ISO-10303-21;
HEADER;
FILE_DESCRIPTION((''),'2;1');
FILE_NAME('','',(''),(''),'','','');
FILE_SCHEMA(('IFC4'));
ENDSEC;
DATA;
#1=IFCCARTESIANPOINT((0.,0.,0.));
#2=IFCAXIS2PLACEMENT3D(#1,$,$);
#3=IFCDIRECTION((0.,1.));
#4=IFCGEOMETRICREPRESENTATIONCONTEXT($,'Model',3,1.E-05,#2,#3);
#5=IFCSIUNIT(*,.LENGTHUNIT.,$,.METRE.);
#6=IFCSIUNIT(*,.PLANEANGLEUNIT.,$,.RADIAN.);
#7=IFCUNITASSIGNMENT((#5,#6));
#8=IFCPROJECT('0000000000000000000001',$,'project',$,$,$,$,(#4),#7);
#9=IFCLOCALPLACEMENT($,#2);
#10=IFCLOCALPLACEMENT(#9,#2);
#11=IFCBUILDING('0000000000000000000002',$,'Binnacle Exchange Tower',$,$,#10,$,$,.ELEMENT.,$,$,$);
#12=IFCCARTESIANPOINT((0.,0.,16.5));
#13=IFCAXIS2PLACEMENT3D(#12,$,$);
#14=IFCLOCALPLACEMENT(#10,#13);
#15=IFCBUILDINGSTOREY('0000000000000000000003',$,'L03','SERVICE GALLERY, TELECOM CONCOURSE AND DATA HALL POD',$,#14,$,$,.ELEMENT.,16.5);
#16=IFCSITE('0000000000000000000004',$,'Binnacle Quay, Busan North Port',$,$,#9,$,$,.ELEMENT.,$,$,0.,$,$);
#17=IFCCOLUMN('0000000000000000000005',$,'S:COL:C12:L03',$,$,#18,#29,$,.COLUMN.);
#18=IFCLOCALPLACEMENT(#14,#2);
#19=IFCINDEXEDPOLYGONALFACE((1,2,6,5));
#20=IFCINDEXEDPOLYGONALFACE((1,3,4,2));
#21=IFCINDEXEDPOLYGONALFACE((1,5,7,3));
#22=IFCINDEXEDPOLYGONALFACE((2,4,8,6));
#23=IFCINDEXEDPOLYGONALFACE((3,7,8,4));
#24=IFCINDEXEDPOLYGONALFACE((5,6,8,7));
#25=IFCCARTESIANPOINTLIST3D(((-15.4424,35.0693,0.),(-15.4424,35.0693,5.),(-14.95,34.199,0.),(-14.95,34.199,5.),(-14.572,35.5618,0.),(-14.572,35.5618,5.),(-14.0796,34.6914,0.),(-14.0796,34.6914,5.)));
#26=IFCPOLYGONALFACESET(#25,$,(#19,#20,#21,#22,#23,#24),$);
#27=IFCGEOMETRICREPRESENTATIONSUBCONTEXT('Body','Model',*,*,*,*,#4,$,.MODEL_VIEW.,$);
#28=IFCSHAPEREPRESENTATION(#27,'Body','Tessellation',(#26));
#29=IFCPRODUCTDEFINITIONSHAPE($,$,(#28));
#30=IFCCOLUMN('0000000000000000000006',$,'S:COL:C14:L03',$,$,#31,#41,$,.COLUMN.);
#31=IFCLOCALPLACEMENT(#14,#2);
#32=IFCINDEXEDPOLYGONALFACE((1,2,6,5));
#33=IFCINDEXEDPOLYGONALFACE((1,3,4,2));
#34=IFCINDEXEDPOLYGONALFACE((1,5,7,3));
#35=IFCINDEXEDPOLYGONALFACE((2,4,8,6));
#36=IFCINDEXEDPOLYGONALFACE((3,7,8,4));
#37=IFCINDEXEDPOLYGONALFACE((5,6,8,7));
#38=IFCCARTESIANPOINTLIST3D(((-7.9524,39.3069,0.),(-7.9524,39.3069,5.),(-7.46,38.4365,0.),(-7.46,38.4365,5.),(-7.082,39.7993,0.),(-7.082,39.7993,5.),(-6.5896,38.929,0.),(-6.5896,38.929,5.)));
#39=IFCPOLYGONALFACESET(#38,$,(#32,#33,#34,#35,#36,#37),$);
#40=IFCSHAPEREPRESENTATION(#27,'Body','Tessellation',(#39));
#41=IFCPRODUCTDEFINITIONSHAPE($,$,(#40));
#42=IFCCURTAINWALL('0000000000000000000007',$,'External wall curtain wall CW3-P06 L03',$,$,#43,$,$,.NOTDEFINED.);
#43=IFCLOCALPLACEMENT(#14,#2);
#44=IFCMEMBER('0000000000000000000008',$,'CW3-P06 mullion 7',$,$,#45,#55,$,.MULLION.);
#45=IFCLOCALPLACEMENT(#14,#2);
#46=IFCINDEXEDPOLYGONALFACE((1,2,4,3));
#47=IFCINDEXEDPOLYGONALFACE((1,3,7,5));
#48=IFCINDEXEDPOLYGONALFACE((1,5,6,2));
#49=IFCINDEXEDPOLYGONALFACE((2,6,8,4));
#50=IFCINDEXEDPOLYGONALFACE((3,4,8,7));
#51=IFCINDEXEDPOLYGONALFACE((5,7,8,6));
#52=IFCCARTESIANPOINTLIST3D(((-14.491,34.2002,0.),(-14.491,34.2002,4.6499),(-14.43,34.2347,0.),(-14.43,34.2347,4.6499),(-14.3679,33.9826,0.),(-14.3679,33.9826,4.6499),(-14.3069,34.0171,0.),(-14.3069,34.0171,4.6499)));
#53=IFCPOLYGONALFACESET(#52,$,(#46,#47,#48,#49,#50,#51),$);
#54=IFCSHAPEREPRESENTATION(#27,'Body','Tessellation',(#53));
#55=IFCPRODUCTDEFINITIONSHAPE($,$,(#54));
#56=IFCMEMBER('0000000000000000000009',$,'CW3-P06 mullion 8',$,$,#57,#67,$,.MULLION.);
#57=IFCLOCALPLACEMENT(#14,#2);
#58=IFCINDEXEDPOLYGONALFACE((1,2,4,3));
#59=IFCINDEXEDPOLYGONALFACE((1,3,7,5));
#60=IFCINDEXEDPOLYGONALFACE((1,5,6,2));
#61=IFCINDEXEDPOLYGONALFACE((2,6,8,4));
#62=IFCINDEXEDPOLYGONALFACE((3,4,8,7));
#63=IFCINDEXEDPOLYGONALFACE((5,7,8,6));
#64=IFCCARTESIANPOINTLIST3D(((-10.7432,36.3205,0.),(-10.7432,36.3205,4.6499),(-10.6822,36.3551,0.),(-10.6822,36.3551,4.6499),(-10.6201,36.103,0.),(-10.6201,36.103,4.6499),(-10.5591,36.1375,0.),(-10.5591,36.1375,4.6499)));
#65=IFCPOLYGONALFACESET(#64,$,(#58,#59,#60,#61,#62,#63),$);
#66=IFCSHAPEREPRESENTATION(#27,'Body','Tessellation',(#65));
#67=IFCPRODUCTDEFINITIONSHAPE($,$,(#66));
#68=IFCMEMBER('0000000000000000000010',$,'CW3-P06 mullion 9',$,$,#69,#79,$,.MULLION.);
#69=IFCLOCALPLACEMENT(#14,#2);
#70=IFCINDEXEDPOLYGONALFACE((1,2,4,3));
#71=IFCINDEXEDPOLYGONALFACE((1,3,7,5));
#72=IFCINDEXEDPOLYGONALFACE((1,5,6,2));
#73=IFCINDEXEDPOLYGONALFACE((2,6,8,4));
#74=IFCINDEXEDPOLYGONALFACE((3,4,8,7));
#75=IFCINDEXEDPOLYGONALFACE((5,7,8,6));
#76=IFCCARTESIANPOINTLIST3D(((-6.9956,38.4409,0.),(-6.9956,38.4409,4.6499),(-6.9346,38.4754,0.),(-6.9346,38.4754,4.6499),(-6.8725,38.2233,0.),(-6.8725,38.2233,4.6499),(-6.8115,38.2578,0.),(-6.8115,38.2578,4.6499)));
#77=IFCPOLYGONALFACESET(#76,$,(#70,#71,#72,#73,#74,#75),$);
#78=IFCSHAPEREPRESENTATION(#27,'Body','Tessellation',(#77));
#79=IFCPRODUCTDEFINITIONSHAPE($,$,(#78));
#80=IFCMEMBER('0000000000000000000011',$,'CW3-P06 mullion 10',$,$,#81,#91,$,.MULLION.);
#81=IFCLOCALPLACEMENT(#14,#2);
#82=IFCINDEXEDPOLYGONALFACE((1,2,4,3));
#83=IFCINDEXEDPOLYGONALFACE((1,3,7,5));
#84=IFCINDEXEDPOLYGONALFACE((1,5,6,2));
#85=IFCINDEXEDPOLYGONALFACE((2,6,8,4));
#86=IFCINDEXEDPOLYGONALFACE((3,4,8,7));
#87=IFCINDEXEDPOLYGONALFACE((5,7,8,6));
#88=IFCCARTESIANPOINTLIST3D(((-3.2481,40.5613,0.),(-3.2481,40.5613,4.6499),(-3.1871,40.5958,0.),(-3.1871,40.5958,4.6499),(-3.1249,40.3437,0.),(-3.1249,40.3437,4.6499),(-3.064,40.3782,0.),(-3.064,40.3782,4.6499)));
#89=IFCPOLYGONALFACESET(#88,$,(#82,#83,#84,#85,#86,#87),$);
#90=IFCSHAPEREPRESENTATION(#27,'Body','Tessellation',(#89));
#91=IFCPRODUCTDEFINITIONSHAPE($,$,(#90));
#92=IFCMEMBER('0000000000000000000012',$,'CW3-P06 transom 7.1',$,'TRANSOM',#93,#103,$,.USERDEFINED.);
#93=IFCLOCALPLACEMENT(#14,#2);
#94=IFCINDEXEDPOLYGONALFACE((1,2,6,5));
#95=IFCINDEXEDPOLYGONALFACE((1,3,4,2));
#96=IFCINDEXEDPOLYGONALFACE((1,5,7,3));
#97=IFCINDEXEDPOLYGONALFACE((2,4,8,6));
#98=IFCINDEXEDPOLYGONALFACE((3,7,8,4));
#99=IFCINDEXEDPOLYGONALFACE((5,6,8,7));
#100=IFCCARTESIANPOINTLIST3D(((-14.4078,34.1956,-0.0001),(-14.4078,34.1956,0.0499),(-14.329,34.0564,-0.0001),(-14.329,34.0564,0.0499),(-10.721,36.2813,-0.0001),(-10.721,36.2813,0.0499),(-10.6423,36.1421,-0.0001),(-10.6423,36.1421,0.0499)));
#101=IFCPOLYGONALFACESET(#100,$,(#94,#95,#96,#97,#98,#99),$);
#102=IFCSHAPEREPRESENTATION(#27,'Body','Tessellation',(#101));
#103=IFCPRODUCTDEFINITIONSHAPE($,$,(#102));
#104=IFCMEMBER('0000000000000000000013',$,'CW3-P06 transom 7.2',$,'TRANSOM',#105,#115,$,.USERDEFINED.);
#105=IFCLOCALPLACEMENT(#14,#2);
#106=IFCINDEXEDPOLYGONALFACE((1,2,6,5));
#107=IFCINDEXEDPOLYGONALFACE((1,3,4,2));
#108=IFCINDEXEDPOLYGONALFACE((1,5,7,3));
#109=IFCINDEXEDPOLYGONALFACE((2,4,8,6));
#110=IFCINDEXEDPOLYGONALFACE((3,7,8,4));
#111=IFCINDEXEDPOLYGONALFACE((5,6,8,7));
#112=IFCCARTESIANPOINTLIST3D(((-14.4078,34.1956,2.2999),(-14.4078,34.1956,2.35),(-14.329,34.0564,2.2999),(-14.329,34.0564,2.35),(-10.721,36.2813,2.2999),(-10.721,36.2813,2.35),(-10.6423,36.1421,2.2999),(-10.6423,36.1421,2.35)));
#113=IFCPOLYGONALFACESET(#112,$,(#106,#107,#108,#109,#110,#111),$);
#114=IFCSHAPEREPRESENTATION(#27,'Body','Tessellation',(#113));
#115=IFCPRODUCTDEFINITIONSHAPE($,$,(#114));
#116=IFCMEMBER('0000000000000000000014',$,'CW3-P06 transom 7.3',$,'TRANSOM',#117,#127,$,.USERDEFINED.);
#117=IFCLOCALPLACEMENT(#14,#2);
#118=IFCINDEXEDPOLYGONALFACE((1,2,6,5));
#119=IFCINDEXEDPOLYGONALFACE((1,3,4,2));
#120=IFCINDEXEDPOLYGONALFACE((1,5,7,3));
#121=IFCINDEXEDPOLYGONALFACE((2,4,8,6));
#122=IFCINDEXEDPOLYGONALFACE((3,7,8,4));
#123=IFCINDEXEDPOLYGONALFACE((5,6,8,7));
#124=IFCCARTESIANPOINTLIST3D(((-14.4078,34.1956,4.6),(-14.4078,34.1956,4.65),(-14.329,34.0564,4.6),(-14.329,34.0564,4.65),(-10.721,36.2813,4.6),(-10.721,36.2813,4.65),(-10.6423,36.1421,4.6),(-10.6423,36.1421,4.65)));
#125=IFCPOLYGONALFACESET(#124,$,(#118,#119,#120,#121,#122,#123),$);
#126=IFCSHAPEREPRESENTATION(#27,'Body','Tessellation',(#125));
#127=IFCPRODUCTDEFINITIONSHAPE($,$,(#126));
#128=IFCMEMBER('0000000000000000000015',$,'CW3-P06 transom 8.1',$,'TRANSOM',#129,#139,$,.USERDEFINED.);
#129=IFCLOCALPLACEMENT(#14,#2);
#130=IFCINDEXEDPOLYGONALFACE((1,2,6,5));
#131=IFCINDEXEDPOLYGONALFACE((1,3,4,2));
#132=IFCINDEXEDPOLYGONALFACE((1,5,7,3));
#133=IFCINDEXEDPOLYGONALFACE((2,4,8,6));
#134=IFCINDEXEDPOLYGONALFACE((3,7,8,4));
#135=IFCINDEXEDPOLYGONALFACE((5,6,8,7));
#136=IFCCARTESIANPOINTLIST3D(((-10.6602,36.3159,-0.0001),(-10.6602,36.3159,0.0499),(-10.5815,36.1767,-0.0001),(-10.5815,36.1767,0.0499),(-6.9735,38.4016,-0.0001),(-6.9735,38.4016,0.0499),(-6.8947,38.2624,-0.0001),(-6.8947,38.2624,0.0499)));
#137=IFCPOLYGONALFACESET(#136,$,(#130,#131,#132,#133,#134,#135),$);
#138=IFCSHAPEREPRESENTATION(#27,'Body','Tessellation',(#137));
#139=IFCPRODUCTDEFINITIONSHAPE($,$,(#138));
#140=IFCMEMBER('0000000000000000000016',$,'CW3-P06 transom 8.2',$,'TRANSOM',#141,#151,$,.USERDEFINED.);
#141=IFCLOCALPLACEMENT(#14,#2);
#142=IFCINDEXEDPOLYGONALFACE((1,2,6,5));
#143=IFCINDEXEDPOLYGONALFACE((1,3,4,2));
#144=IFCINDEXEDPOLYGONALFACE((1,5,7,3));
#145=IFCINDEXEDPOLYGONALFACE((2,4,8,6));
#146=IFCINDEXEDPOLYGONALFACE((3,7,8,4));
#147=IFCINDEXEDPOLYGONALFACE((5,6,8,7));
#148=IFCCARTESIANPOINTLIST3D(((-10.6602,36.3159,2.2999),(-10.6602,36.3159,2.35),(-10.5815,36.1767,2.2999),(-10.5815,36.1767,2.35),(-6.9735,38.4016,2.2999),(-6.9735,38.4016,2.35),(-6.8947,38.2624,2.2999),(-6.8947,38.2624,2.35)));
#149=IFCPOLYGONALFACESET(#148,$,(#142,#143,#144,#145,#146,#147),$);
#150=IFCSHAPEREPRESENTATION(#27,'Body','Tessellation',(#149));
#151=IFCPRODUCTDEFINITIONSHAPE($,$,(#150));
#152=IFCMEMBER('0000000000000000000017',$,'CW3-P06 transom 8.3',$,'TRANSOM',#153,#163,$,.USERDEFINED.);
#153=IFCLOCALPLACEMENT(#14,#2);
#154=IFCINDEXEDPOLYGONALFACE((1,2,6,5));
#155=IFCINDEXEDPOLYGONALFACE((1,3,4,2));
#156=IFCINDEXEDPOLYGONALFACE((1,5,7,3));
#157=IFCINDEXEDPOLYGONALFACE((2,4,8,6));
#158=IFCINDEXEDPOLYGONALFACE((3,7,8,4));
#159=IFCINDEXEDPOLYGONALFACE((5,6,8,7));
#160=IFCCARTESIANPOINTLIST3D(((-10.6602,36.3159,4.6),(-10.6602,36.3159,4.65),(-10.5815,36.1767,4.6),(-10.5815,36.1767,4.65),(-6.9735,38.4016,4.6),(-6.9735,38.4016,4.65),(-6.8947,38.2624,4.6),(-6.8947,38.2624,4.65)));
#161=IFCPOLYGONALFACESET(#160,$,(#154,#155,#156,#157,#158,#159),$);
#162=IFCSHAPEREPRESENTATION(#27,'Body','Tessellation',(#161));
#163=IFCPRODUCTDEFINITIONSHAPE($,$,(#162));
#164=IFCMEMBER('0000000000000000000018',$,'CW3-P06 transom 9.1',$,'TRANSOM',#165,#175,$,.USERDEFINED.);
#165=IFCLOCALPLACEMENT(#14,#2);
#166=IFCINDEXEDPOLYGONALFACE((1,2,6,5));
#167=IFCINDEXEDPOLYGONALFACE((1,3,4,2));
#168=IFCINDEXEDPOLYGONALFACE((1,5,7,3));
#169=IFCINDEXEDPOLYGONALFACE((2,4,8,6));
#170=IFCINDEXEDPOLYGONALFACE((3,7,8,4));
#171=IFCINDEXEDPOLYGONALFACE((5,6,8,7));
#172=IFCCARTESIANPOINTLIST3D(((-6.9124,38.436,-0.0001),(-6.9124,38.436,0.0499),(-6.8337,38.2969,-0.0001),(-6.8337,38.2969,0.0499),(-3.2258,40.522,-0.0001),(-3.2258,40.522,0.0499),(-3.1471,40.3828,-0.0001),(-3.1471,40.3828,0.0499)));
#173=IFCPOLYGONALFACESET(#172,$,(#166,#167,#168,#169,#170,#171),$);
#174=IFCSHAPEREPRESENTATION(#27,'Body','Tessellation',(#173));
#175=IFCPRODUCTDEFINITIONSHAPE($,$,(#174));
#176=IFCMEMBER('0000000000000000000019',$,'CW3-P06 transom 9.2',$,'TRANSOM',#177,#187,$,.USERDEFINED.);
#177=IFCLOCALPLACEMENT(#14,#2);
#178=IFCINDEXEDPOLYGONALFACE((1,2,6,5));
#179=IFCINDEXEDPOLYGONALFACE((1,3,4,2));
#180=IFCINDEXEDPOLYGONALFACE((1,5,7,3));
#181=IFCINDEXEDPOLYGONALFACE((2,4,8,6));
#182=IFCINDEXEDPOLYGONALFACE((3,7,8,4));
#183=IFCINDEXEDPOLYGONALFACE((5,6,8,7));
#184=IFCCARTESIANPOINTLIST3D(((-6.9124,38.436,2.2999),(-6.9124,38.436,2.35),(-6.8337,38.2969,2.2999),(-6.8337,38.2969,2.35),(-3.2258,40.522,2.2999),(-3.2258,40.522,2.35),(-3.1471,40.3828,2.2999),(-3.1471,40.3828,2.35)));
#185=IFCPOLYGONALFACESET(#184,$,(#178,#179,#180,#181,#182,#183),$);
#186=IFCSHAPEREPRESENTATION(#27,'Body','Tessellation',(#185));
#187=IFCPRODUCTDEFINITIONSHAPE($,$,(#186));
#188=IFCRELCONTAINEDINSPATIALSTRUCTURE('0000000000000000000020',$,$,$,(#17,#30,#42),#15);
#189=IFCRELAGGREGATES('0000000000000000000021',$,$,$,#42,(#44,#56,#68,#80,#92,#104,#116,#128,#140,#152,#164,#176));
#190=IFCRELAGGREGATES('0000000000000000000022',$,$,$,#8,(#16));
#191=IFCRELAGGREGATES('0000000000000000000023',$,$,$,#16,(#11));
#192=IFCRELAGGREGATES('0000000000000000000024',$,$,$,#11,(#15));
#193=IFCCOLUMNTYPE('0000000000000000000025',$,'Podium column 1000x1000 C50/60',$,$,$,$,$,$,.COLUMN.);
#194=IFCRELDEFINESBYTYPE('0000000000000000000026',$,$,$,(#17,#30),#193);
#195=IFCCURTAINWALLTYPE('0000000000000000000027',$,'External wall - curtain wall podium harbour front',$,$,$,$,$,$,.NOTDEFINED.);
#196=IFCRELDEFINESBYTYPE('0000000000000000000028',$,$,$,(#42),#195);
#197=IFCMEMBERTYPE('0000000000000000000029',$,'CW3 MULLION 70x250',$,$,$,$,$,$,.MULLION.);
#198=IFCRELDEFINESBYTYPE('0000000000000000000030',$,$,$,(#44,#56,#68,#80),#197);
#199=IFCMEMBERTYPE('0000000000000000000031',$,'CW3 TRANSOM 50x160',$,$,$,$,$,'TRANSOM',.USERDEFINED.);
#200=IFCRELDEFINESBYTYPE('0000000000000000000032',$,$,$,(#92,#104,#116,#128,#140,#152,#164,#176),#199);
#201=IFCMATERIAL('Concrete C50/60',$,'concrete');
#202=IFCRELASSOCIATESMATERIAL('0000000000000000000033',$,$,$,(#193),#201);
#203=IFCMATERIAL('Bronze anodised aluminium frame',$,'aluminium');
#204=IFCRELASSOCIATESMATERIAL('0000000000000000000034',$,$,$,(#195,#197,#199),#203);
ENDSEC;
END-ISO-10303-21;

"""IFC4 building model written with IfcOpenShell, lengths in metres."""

from ifc_helpers import new_model, si_unit, direction, frame, origin, origin_2d, place, context, subcontext, project, spatial, rectangle, extrude, material, material_profile, profile_set, type_object, element, aggregate, save


model = new_model("IFC4")

# Units and contexts
model_context = context("Model", 3, precision=1e-05, world=origin(), true_north=direction((0.0, 1.0)))
body_context = subcontext(model_context, "Body", "Model", "MODEL_VIEW")
ifc_project = project(units=[si_unit("LENGTHUNIT", "METRE"), si_unit("PLANEANGLEUNIT", "RADIAN")], contexts=[model_context])

# Site, building, storey
site_placement = place(None, origin())
site = spatial("IfcSite", under=ifc_project, at=site_placement, Name="Binnacle Quay, Busan North Port", CompositionType="ELEMENT", RefElevation=0.0)
building_placement = place(site_placement, origin())
building = spatial("IfcBuilding", under=site, at=building_placement, Name="Binnacle Exchange Tower", CompositionType="ELEMENT")
storey_placement = place(building_placement, frame((0.0, 0.0, 16.5)))
storey = spatial("IfcBuildingStorey", under=building, at=storey_placement, Name="L03", Description="SERVICE GALLERY, TELECOM CONCOURSE AND DATA HALL POD", CompositionType="ELEMENT", Elevation=16.5)

# Columns
ifc_material_1 = material(Name="Concrete C50/60", Category="concrete")
ifc_material_profile_1 = material_profile(ifc_material_1, rectangle(XDim=1.0, YDim=1.0, at=origin_2d()), Name="Podium column 1000x1000 C50/60")
ifc_profile_set_1 = profile_set([ifc_material_profile_1], Name="Concrete C50/60")
column_type = type_object("IfcColumnType", Name="Podium column 1000x1000 C50/60", PredefinedType="COLUMN", material=ifc_profile_set_1)
for number, where, z_axis, x_axis, name in (
    (1, (-14.761, 34.8804, 0.0), (0.0, 0.0, 1.0), (0.870356, 0.492424, 0.0), "S:COL:C12:L03"),
    (2, (-7.271, 39.1179, 0.0), (0.0, 0.0, 1.0), (0.870356, 0.492424, 0.0), "S:COL:C14:L03"),
):
    element("IfcColumn", number, at=place(storey_placement, frame(where, z_axis=z_axis, x_axis=x_axis)), inside=storey, type_object=column_type, Name=name, PredefinedType="COLUMN", context=body_context, shape_type="SweptSolid", body=[
        extrude(rectangle(XDim=1.0, YDim=1.0, at=origin_2d()), origin(), (0.0, 0.0, 1.0), 5.0),
    ])

# Curtain wall, members
ifc_material_2 = material(Name="Bronze anodised aluminium frame", Category="aluminium")
curtain_wall_type = type_object("IfcCurtainWallType", Name="External wall - curtain wall podium harbour front", PredefinedType="NOTDEFINED", material=ifc_material_2)
curtain_wall_placement = place(storey_placement, origin())
curtain_wall = element("IfcCurtainWall", 3, at=curtain_wall_placement, inside=storey, type_object=curtain_wall_type, Name="External wall curtain wall CW3-P06 L03", PredefinedType="NOTDEFINED")
ifc_material_profile_2 = material_profile(ifc_material_2, rectangle(XDim=0.25, YDim=0.0701, at=origin_2d()), Name="AL 70x250")
ifc_profile_set_2 = profile_set([ifc_material_profile_2], Name="Bronze anodised aluminium frame")
member_type_1 = type_object("IfcMemberType", Name="CW3 MULLION 70x250", PredefinedType="MULLION", material=ifc_profile_set_2)
member_1_placement = place(storey_placement, frame((-14.3989, 34.1086, 0.0), z_axis=(0.0, 0.0, 1.0), x_axis=(-0.492424, 0.870356, 0.0)))
member_1 = element("IfcMember", 4, at=member_1_placement, type_object=member_type_1, Name="CW3-P06 mullion 7", PredefinedType="MULLION", context=body_context, shape_type="SweptSolid", body=[
    extrude(rectangle(XDim=0.25, YDim=0.0701, at=origin_2d()), origin(), (0.0, 0.0, 1.0), 4.6499),
])
member_2_placement = place(storey_placement, frame((-10.6511, 36.229, 0.0), z_axis=(0.0, 0.0, 1.0), x_axis=(-0.492424, 0.870356, 0.0)))
member_2 = element("IfcMember", 5, at=member_2_placement, type_object=member_type_1, Name="CW3-P06 mullion 8", PredefinedType="MULLION", context=body_context, shape_type="SweptSolid", body=[
    extrude(rectangle(XDim=0.25, YDim=0.0701, at=origin_2d()), origin(), (0.0, 0.0, 1.0), 4.6499),
])
member_3_placement = place(storey_placement, frame((-6.9036, 38.3494, 0.0), z_axis=(0.0, 0.0, 1.0), x_axis=(-0.492424, 0.870356, 0.0)))
member_3 = element("IfcMember", 6, at=member_3_placement, type_object=member_type_1, Name="CW3-P06 mullion 9", PredefinedType="MULLION", context=body_context, shape_type="SweptSolid", body=[
    extrude(rectangle(XDim=0.25, YDim=0.0701, at=origin_2d()), origin(), (0.0, 0.0, 1.0), 4.6499),
])
member_4_placement = place(storey_placement, frame((-3.156, 40.4697, 0.0), z_axis=(0.0, 0.0, 1.0), x_axis=(-0.492424, 0.870356, 0.0)))
member_4 = element("IfcMember", 7, at=member_4_placement, type_object=member_type_1, Name="CW3-P06 mullion 10", PredefinedType="MULLION", context=body_context, shape_type="SweptSolid", body=[
    extrude(rectangle(XDim=0.25, YDim=0.0701, at=origin_2d()), origin(), (0.0, 0.0, 1.0), 4.6499),
])
ifc_material_profile_3 = material_profile(ifc_material_2, rectangle(XDim=0.1599, YDim=0.05, at=origin_2d()), Name="AL 160x50")
ifc_profile_set_3 = profile_set([ifc_material_profile_3], Name="Bronze anodised aluminium frame")
member_type_2 = type_object("IfcMemberType", Name="CW3 TRANSOM 50x160", ElementType="TRANSOM", PredefinedType="USERDEFINED", material=ifc_profile_set_3)
member_5_placement = place(storey_placement, frame((-14.3684, 34.126, 0.0249), z_axis=(0.870374, 0.492391, 0.0), x_axis=(-0.492391, 0.870374, 0.0)))
member_5 = element("IfcMember", 8, at=member_5_placement, type_object=member_type_2, Name="CW3-P06 transom 7.1", ObjectType="TRANSOM", PredefinedType="USERDEFINED", context=body_context, shape_type="SweptSolid", body=[
    extrude(rectangle(XDim=0.1599, YDim=0.05, at=origin_2d()), origin(), (0.0, 0.0, 1.0), 4.2358),
])
member_6_placement = place(storey_placement, frame((-14.3684, 34.126, 2.325), z_axis=(0.870374, 0.492391, 0.0), x_axis=(-0.492391, 0.870374, 0.0)))
member_6 = element("IfcMember", 9, at=member_6_placement, type_object=member_type_2, Name="CW3-P06 transom 7.2", ObjectType="TRANSOM", PredefinedType="USERDEFINED", context=body_context, shape_type="SweptSolid", body=[
    extrude(rectangle(XDim=0.1599, YDim=0.05, at=origin_2d()), origin(), (0.0, 0.0, 1.0), 4.2358),
])
member_7_placement = place(storey_placement, frame((-14.3684, 34.126, 4.625), z_axis=(0.870374, 0.492391, 0.0), x_axis=(-0.492391, 0.870374, 0.0)))
member_7 = element("IfcMember", 10, at=member_7_placement, type_object=member_type_2, Name="CW3-P06 transom 7.3", ObjectType="TRANSOM", PredefinedType="USERDEFINED", context=body_context, shape_type="SweptSolid", body=[
    extrude(rectangle(XDim=0.1599, YDim=0.05, at=origin_2d()), origin(), (0.0, 0.0, 1.0), 4.2358),
])
member_8_placement = place(storey_placement, frame((-10.6208, 36.2463, 0.0249), z_axis=(0.870374, 0.492391, 0.0), x_axis=(-0.492391, 0.870374, 0.0)))
member_8 = element("IfcMember", 11, at=member_8_placement, type_object=member_type_2, Name="CW3-P06 transom 8.1", ObjectType="TRANSOM", PredefinedType="USERDEFINED", context=body_context, shape_type="SweptSolid", body=[
    extrude(rectangle(XDim=0.1599, YDim=0.05, at=origin_2d()), origin(), (0.0, 0.0, 1.0), 4.2358),
])
member_9_placement = place(storey_placement, frame((-10.6208, 36.2463, 2.325), z_axis=(0.870374, 0.492391, 0.0), x_axis=(-0.492391, 0.870374, 0.0)))
member_9 = element("IfcMember", 12, at=member_9_placement, type_object=member_type_2, Name="CW3-P06 transom 8.2", ObjectType="TRANSOM", PredefinedType="USERDEFINED", context=body_context, shape_type="SweptSolid", body=[
    extrude(rectangle(XDim=0.1599, YDim=0.05, at=origin_2d()), origin(), (0.0, 0.0, 1.0), 4.2358),
])
member_10_placement = place(storey_placement, frame((-10.6208, 36.2463, 4.625), z_axis=(0.870374, 0.492391, 0.0), x_axis=(-0.492391, 0.870374, 0.0)))
member_10 = element("IfcMember", 13, at=member_10_placement, type_object=member_type_2, Name="CW3-P06 transom 8.3", ObjectType="TRANSOM", PredefinedType="USERDEFINED", context=body_context, shape_type="SweptSolid", body=[
    extrude(rectangle(XDim=0.1599, YDim=0.05, at=origin_2d()), origin(), (0.0, 0.0, 1.0), 4.2358),
])
member_11_placement = place(storey_placement, frame((-6.873, 38.3665, 0.0249), z_axis=(0.870335, 0.49246, 0.0), x_axis=(-0.49246, 0.870335, 0.0)))
member_11 = element("IfcMember", 14, at=member_11_placement, type_object=member_type_2, Name="CW3-P06 transom 9.1", ObjectType="TRANSOM", PredefinedType="USERDEFINED", context=body_context, shape_type="SweptSolid", body=[
    extrude(rectangle(XDim=0.1599, YDim=0.05, at=origin_2d()), origin(), (0.0, 0.0, 1.0), 4.2358),
])
member_12_placement = place(storey_placement, frame((-6.873, 38.3665, 2.325), z_axis=(0.870335, 0.49246, 0.0), x_axis=(-0.49246, 0.870335, 0.0)))
member_12 = element("IfcMember", 15, at=member_12_placement, type_object=member_type_2, Name="CW3-P06 transom 9.2", ObjectType="TRANSOM", PredefinedType="USERDEFINED", context=body_context, shape_type="SweptSolid", body=[
    extrude(rectangle(XDim=0.1599, YDim=0.05, at=origin_2d()), origin(), (0.0, 0.0, 1.0), 4.2358),
])

aggregate(curtain_wall, [member_1, member_2, member_3, member_4, member_5, member_6, member_7, member_8, member_9, member_10, member_11, member_12])

save(model, "model.ifc")
